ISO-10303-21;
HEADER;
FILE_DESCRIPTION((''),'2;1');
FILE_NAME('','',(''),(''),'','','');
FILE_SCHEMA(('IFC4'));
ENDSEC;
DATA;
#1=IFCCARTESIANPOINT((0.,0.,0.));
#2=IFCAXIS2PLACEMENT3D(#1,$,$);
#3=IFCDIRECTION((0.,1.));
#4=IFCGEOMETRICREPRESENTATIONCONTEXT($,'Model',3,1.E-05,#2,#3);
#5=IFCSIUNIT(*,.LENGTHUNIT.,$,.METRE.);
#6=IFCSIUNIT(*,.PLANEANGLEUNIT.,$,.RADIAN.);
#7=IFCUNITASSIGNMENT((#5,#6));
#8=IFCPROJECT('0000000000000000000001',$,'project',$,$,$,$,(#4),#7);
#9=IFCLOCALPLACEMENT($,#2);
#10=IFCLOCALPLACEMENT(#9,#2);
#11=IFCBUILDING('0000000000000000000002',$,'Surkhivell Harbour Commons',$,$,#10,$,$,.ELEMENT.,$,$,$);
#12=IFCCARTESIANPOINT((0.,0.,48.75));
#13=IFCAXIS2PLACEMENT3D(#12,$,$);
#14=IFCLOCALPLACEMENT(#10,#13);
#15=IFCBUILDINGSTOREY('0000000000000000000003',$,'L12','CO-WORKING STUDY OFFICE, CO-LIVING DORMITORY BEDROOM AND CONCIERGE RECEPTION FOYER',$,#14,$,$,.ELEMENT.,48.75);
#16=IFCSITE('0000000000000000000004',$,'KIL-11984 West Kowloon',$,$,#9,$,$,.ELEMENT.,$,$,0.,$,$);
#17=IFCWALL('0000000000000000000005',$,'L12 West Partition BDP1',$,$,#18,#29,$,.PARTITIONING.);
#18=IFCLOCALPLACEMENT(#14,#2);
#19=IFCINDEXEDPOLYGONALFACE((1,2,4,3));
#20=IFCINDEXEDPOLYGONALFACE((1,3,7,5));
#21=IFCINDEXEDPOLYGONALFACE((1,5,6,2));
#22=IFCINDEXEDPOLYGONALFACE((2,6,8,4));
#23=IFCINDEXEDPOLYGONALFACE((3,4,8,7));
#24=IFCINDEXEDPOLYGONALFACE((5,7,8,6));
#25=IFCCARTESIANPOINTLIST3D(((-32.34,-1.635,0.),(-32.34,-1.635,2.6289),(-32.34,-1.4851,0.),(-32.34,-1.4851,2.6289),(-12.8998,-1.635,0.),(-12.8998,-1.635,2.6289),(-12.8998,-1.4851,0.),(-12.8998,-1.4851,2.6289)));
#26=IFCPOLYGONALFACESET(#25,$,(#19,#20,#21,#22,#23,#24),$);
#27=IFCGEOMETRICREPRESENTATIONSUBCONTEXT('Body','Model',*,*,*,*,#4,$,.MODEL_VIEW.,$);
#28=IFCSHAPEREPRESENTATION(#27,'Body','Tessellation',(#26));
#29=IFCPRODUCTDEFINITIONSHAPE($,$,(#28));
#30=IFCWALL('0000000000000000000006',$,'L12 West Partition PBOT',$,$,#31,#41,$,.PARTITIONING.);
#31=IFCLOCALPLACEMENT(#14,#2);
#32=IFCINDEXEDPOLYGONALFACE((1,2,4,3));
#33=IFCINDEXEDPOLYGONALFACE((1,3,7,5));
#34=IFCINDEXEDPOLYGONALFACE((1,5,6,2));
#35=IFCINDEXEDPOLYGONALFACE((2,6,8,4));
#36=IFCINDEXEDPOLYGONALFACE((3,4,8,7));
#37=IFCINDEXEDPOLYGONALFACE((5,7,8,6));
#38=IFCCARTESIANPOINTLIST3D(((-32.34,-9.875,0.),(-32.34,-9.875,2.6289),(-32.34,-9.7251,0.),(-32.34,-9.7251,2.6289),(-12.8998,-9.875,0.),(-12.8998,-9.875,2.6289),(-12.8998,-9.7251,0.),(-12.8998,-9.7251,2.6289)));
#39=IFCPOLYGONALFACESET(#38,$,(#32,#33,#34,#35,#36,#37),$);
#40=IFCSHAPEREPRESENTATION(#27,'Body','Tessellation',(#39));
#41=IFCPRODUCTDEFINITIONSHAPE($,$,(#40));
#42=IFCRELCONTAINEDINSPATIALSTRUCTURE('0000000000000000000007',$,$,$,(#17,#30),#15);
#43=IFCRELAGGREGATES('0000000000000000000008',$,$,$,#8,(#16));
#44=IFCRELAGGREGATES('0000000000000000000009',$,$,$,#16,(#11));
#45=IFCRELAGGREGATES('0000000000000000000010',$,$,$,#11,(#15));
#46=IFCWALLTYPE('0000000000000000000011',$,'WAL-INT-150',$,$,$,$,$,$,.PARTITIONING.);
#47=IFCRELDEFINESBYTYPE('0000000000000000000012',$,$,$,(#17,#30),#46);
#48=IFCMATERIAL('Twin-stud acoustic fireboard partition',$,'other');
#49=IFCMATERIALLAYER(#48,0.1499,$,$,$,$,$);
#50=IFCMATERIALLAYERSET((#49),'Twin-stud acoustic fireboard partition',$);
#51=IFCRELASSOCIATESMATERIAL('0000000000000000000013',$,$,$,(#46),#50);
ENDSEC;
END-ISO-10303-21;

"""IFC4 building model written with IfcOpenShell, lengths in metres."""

from ifc_helpers import new_model, si_unit, direction, frame, frame_2d, origin, place, context, subcontext, project, spatial, rectangle, extrude, material, layer, layer_set, type_object, element, save


model = new_model("IFC4")

# Units and contexts
model_context = context("Model", 3, precision=1e-05, world=origin(), true_north=direction((0.0, 1.0)))
body_context = subcontext(model_context, "Body", "Model", "MODEL_VIEW")
ifc_project = project(units=[si_unit("LENGTHUNIT", "METRE"), si_unit("PLANEANGLEUNIT", "RADIAN")], contexts=[model_context])

# Site, building, storey
site_placement = place(None, origin())
site = spatial("IfcSite", under=ifc_project, at=site_placement, Name="KIL-11984 West Kowloon", CompositionType="ELEMENT", RefElevation=0.0)
building_placement = place(site_placement, origin())
building = spatial("IfcBuilding", under=site, at=building_placement, Name="Surkhivell Harbour Commons", CompositionType="ELEMENT")
storey_placement = place(building_placement, frame((0.0, 0.0, 48.75)))
storey = spatial("IfcBuildingStorey", under=building, at=storey_placement, Name="L12", Description="CO-WORKING STUDY OFFICE, CO-LIVING DORMITORY BEDROOM AND CONCIERGE RECEPTION FOYER", CompositionType="ELEMENT", Elevation=48.75)

# Walls
ifc_material_1 = material(Name="Twin-stud acoustic fireboard partition", Category="other")
ifc_layer_1 = layer(ifc_material_1, 0.1499)
ifc_layer_set_1 = layer_set([ifc_layer_1], Name="Twin-stud acoustic fireboard partition")
wall_type_1 = type_object("IfcWallType", Name="WAL-INT-150", PredefinedType="PARTITIONING", material=ifc_layer_set_1)
for number, where, z_axis, x_axis, name in (
    (1, (-32.3401, -1.5601, 0.0), (0.0, 0.0, 1.0), (1.0, 0.0, 0.0), "L12 West Partition BDP1"),
    (2, (-32.3401, -9.8, 0.0), (0.0, 0.0, 1.0), (1.0, 0.0, 0.0), "L12 West Partition PBOT"),
):
    element("IfcWall", number, at=place(storey_placement, frame(where, z_axis=z_axis, x_axis=x_axis)), inside=storey, type_object=wall_type_1, Name=name, PredefinedType="PARTITIONING", context=body_context, shape_type="SweptSolid", body=[
        extrude(rectangle(XDim=19.4402, YDim=0.1499, at=frame_2d((9.7202, 0.0))), origin(), (0.0, 0.0, 1.0), 2.6289),
    ])

save(model, "model.ifc")
